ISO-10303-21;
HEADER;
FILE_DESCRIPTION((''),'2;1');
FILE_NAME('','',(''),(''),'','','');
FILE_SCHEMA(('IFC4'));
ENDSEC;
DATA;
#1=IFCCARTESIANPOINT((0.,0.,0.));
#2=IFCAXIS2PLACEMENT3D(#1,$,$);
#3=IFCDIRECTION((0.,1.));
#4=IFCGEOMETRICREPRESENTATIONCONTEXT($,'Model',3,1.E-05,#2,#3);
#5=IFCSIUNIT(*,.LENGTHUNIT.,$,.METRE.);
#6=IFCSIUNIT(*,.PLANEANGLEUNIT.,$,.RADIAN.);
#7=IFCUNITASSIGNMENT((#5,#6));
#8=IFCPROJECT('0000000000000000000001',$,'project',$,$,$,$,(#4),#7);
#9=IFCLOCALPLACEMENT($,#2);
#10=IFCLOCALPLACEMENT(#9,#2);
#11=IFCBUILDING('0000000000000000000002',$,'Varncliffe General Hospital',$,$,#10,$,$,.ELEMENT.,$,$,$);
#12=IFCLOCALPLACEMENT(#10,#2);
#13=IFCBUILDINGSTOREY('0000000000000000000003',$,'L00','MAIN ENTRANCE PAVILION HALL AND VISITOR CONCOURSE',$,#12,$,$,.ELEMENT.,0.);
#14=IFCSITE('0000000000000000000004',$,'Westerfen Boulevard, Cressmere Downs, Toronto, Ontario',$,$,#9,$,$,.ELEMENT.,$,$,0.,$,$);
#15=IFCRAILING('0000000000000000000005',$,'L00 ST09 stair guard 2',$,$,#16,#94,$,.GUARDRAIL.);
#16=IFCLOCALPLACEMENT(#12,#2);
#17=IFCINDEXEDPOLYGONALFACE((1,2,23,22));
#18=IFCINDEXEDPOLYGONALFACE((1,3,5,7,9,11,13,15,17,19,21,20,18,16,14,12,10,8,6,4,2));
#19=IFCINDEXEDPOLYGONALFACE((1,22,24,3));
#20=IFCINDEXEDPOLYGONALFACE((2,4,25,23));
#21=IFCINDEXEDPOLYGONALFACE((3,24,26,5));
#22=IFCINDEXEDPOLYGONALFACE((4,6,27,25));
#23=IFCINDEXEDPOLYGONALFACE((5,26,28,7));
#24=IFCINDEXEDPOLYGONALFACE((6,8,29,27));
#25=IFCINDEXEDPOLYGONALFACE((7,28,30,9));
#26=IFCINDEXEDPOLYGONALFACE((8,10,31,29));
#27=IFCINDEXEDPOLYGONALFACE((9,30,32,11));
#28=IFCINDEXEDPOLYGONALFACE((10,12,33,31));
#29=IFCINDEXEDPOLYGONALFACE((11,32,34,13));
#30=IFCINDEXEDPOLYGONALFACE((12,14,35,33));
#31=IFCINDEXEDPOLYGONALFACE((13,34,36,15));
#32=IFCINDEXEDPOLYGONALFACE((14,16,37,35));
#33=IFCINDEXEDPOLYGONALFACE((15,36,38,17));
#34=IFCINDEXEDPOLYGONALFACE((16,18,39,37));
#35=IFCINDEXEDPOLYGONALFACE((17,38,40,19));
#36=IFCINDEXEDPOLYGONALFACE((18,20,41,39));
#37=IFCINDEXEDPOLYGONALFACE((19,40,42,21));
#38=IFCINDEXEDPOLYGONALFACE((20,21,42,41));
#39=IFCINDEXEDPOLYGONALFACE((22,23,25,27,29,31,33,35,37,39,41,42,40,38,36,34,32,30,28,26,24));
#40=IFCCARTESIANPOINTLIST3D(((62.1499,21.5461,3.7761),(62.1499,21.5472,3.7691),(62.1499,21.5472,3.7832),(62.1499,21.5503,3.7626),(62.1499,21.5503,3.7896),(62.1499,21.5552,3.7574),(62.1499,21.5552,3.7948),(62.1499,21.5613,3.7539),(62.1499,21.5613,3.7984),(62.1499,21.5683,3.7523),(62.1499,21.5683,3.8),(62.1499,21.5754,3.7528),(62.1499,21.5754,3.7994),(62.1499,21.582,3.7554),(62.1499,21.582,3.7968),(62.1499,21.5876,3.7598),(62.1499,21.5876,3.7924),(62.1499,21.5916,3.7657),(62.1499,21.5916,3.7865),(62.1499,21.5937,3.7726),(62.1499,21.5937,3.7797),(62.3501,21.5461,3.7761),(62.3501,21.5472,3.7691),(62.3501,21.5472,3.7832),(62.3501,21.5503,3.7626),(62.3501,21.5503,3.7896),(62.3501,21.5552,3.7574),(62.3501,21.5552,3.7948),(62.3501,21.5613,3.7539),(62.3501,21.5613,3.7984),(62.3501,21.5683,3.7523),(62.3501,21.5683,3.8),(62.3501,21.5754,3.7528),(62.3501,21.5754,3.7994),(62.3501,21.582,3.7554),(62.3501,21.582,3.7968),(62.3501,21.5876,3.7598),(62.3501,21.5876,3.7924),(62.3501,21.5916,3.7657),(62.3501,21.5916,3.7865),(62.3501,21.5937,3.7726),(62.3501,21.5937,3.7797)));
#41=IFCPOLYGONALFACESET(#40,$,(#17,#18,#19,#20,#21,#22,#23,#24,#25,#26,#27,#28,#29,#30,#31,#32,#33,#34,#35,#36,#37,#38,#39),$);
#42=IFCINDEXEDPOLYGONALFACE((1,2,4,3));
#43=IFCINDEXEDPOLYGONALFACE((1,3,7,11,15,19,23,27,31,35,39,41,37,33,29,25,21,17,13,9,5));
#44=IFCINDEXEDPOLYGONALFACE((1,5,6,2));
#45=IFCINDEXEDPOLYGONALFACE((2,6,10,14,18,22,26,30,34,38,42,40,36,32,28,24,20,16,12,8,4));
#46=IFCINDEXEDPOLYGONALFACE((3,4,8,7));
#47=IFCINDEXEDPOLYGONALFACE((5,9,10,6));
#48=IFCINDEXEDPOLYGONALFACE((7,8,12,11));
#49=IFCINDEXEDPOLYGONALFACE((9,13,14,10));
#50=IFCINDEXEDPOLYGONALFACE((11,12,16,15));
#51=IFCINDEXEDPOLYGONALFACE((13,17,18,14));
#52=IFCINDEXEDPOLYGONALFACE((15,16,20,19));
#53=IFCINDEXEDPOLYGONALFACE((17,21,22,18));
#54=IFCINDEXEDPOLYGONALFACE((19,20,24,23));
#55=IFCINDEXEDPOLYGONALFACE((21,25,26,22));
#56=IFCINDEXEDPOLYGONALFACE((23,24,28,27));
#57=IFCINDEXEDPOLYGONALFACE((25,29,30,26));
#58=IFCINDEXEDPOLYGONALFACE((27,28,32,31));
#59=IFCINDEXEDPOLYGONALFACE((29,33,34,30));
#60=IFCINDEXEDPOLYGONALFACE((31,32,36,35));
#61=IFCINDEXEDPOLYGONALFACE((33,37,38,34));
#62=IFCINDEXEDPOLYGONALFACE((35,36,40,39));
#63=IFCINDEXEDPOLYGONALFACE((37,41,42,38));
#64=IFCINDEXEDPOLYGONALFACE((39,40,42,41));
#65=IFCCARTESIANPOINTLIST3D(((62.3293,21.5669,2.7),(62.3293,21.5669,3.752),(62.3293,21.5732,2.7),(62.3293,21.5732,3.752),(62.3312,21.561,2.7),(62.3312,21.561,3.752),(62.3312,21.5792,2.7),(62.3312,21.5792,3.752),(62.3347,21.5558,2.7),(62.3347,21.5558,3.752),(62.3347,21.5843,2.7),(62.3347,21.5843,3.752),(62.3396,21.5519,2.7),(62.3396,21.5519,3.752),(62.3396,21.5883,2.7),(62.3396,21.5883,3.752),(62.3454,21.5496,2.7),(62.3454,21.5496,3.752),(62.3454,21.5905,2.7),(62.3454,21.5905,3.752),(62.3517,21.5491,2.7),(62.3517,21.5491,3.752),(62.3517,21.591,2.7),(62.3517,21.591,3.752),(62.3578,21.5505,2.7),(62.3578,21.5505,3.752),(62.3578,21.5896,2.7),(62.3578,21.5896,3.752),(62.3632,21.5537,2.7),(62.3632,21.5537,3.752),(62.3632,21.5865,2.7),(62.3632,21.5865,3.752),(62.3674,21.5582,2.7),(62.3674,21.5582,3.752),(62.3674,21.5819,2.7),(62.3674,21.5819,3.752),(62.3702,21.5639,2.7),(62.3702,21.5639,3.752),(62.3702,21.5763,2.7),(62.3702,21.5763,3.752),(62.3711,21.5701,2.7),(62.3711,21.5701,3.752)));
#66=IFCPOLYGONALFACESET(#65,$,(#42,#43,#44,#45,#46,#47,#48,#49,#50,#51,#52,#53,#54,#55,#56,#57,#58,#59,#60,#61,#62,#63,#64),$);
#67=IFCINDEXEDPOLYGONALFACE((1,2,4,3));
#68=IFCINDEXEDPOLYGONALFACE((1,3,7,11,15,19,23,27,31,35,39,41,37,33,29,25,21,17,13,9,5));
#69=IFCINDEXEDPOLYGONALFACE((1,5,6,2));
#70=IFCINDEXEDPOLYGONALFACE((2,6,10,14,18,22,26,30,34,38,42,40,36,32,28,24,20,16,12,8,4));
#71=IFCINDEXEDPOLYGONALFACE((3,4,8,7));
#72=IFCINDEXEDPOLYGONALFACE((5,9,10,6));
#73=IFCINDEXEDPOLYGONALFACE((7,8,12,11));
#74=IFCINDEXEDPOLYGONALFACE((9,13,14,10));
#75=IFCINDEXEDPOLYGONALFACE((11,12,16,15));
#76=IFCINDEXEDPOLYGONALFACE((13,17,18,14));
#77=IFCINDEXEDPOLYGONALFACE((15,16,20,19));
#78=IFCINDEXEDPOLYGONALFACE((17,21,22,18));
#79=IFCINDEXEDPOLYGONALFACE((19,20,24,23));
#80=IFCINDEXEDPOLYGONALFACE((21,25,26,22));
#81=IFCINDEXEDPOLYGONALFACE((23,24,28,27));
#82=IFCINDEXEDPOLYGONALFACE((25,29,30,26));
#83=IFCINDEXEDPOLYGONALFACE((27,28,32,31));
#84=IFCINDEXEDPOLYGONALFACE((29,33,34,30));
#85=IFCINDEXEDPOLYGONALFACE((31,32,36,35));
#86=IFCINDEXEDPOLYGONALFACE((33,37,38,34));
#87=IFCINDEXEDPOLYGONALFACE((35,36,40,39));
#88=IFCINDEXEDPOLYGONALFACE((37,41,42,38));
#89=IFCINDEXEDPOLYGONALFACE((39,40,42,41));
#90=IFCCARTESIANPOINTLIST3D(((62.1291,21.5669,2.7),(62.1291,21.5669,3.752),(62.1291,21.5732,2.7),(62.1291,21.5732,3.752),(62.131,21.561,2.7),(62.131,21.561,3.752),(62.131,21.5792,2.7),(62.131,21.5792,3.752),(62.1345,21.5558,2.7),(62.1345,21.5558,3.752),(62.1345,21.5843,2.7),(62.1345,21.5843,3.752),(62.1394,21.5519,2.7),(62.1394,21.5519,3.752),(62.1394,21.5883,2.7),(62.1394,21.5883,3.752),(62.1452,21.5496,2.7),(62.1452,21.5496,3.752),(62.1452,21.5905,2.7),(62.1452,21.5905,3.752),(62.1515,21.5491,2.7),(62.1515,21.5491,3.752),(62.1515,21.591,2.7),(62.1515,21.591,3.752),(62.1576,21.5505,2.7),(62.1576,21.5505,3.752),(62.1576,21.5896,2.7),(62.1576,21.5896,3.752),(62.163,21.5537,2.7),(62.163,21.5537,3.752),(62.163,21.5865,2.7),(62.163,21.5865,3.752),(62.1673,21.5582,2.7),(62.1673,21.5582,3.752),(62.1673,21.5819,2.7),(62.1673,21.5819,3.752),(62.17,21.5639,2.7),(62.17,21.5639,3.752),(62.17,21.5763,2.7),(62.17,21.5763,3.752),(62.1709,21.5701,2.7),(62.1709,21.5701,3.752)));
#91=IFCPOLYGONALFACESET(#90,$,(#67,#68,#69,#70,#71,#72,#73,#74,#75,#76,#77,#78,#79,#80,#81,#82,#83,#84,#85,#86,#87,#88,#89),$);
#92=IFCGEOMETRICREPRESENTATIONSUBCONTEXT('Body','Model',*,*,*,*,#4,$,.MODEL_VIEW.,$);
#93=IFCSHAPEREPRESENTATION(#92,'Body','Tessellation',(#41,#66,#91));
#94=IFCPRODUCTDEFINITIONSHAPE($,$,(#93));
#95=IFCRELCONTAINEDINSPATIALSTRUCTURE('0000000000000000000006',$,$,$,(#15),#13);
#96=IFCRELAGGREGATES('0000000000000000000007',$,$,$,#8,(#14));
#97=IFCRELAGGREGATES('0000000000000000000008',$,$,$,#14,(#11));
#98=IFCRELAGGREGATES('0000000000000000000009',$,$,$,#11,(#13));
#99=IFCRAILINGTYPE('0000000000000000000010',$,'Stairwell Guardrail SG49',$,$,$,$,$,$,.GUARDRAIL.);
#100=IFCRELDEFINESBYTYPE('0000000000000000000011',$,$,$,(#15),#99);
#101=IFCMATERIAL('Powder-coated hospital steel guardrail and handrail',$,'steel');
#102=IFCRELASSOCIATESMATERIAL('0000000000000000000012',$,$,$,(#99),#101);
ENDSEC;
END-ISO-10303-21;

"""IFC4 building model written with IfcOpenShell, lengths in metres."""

from ifc_helpers import new_model, si_unit, direction, frame, origin, origin_2d, place, context, subcontext, project, spatial, circle, extrude, material, type_object, element, save


model = new_model("IFC4")

# Units and contexts
model_context = context("Model", 3, precision=1e-05, world=origin(), true_north=direction((0.0, 1.0)))
body_context = subcontext(model_context, "Body", "Model", "MODEL_VIEW")
ifc_project = project(units=[si_unit("LENGTHUNIT", "METRE"), si_unit("PLANEANGLEUNIT", "RADIAN")], contexts=[model_context])

# Site, building, storey
site_placement = place(None, origin())
site = spatial("IfcSite", under=ifc_project, at=site_placement, Name="Westerfen Boulevard, Cressmere Downs, Toronto, Ontario", CompositionType="ELEMENT", RefElevation=0.0)
building_placement = place(site_placement, origin())
building = spatial("IfcBuilding", under=site, at=building_placement, Name="Varncliffe General Hospital", CompositionType="ELEMENT")
storey_placement = place(building_placement, origin())
storey = spatial("IfcBuildingStorey", under=building, at=storey_placement, Name="L00", Description="MAIN ENTRANCE PAVILION HALL AND VISITOR CONCOURSE", CompositionType="ELEMENT", Elevation=0.0)

# Railing
ifc_material_1 = material(Name="Powder-coated hospital steel guardrail and handrail", Category="steel")
railing_type_1 = type_object("IfcRailingType", Name="Stairwell Guardrail SG49", PredefinedType="GUARDRAIL", material=ifc_material_1)
railing_1_placement = place(storey_placement, frame((62.3501, 21.5701, 2.7)))
element("IfcRailing", 1, at=railing_1_placement, inside=storey, type_object=railing_type_1, Name="L00 ST09 stair guard 2", PredefinedType="GUARDRAIL", context=body_context, shape_type="SweptSolid", body=[
    extrude(circle(Radius=0.0239, at=origin_2d()), frame((0.0, 0.0, 1.0762), z_axis=(-1.0, 0.0, 0.0), x_axis=(0.0, -1.0, 0.0)), (0.0, 0.0, 1.0), 0.2002),
    extrude(circle(Radius=0.021, at=origin_2d()), origin(), (0.0, 0.0, 1.0), 1.052),
    extrude(circle(Radius=0.021, at=origin_2d()), frame((-0.2002, 0.0, 0.0)), (0.0, 0.0, 1.0), 1.052),
])

save(model, "model.ifc")
